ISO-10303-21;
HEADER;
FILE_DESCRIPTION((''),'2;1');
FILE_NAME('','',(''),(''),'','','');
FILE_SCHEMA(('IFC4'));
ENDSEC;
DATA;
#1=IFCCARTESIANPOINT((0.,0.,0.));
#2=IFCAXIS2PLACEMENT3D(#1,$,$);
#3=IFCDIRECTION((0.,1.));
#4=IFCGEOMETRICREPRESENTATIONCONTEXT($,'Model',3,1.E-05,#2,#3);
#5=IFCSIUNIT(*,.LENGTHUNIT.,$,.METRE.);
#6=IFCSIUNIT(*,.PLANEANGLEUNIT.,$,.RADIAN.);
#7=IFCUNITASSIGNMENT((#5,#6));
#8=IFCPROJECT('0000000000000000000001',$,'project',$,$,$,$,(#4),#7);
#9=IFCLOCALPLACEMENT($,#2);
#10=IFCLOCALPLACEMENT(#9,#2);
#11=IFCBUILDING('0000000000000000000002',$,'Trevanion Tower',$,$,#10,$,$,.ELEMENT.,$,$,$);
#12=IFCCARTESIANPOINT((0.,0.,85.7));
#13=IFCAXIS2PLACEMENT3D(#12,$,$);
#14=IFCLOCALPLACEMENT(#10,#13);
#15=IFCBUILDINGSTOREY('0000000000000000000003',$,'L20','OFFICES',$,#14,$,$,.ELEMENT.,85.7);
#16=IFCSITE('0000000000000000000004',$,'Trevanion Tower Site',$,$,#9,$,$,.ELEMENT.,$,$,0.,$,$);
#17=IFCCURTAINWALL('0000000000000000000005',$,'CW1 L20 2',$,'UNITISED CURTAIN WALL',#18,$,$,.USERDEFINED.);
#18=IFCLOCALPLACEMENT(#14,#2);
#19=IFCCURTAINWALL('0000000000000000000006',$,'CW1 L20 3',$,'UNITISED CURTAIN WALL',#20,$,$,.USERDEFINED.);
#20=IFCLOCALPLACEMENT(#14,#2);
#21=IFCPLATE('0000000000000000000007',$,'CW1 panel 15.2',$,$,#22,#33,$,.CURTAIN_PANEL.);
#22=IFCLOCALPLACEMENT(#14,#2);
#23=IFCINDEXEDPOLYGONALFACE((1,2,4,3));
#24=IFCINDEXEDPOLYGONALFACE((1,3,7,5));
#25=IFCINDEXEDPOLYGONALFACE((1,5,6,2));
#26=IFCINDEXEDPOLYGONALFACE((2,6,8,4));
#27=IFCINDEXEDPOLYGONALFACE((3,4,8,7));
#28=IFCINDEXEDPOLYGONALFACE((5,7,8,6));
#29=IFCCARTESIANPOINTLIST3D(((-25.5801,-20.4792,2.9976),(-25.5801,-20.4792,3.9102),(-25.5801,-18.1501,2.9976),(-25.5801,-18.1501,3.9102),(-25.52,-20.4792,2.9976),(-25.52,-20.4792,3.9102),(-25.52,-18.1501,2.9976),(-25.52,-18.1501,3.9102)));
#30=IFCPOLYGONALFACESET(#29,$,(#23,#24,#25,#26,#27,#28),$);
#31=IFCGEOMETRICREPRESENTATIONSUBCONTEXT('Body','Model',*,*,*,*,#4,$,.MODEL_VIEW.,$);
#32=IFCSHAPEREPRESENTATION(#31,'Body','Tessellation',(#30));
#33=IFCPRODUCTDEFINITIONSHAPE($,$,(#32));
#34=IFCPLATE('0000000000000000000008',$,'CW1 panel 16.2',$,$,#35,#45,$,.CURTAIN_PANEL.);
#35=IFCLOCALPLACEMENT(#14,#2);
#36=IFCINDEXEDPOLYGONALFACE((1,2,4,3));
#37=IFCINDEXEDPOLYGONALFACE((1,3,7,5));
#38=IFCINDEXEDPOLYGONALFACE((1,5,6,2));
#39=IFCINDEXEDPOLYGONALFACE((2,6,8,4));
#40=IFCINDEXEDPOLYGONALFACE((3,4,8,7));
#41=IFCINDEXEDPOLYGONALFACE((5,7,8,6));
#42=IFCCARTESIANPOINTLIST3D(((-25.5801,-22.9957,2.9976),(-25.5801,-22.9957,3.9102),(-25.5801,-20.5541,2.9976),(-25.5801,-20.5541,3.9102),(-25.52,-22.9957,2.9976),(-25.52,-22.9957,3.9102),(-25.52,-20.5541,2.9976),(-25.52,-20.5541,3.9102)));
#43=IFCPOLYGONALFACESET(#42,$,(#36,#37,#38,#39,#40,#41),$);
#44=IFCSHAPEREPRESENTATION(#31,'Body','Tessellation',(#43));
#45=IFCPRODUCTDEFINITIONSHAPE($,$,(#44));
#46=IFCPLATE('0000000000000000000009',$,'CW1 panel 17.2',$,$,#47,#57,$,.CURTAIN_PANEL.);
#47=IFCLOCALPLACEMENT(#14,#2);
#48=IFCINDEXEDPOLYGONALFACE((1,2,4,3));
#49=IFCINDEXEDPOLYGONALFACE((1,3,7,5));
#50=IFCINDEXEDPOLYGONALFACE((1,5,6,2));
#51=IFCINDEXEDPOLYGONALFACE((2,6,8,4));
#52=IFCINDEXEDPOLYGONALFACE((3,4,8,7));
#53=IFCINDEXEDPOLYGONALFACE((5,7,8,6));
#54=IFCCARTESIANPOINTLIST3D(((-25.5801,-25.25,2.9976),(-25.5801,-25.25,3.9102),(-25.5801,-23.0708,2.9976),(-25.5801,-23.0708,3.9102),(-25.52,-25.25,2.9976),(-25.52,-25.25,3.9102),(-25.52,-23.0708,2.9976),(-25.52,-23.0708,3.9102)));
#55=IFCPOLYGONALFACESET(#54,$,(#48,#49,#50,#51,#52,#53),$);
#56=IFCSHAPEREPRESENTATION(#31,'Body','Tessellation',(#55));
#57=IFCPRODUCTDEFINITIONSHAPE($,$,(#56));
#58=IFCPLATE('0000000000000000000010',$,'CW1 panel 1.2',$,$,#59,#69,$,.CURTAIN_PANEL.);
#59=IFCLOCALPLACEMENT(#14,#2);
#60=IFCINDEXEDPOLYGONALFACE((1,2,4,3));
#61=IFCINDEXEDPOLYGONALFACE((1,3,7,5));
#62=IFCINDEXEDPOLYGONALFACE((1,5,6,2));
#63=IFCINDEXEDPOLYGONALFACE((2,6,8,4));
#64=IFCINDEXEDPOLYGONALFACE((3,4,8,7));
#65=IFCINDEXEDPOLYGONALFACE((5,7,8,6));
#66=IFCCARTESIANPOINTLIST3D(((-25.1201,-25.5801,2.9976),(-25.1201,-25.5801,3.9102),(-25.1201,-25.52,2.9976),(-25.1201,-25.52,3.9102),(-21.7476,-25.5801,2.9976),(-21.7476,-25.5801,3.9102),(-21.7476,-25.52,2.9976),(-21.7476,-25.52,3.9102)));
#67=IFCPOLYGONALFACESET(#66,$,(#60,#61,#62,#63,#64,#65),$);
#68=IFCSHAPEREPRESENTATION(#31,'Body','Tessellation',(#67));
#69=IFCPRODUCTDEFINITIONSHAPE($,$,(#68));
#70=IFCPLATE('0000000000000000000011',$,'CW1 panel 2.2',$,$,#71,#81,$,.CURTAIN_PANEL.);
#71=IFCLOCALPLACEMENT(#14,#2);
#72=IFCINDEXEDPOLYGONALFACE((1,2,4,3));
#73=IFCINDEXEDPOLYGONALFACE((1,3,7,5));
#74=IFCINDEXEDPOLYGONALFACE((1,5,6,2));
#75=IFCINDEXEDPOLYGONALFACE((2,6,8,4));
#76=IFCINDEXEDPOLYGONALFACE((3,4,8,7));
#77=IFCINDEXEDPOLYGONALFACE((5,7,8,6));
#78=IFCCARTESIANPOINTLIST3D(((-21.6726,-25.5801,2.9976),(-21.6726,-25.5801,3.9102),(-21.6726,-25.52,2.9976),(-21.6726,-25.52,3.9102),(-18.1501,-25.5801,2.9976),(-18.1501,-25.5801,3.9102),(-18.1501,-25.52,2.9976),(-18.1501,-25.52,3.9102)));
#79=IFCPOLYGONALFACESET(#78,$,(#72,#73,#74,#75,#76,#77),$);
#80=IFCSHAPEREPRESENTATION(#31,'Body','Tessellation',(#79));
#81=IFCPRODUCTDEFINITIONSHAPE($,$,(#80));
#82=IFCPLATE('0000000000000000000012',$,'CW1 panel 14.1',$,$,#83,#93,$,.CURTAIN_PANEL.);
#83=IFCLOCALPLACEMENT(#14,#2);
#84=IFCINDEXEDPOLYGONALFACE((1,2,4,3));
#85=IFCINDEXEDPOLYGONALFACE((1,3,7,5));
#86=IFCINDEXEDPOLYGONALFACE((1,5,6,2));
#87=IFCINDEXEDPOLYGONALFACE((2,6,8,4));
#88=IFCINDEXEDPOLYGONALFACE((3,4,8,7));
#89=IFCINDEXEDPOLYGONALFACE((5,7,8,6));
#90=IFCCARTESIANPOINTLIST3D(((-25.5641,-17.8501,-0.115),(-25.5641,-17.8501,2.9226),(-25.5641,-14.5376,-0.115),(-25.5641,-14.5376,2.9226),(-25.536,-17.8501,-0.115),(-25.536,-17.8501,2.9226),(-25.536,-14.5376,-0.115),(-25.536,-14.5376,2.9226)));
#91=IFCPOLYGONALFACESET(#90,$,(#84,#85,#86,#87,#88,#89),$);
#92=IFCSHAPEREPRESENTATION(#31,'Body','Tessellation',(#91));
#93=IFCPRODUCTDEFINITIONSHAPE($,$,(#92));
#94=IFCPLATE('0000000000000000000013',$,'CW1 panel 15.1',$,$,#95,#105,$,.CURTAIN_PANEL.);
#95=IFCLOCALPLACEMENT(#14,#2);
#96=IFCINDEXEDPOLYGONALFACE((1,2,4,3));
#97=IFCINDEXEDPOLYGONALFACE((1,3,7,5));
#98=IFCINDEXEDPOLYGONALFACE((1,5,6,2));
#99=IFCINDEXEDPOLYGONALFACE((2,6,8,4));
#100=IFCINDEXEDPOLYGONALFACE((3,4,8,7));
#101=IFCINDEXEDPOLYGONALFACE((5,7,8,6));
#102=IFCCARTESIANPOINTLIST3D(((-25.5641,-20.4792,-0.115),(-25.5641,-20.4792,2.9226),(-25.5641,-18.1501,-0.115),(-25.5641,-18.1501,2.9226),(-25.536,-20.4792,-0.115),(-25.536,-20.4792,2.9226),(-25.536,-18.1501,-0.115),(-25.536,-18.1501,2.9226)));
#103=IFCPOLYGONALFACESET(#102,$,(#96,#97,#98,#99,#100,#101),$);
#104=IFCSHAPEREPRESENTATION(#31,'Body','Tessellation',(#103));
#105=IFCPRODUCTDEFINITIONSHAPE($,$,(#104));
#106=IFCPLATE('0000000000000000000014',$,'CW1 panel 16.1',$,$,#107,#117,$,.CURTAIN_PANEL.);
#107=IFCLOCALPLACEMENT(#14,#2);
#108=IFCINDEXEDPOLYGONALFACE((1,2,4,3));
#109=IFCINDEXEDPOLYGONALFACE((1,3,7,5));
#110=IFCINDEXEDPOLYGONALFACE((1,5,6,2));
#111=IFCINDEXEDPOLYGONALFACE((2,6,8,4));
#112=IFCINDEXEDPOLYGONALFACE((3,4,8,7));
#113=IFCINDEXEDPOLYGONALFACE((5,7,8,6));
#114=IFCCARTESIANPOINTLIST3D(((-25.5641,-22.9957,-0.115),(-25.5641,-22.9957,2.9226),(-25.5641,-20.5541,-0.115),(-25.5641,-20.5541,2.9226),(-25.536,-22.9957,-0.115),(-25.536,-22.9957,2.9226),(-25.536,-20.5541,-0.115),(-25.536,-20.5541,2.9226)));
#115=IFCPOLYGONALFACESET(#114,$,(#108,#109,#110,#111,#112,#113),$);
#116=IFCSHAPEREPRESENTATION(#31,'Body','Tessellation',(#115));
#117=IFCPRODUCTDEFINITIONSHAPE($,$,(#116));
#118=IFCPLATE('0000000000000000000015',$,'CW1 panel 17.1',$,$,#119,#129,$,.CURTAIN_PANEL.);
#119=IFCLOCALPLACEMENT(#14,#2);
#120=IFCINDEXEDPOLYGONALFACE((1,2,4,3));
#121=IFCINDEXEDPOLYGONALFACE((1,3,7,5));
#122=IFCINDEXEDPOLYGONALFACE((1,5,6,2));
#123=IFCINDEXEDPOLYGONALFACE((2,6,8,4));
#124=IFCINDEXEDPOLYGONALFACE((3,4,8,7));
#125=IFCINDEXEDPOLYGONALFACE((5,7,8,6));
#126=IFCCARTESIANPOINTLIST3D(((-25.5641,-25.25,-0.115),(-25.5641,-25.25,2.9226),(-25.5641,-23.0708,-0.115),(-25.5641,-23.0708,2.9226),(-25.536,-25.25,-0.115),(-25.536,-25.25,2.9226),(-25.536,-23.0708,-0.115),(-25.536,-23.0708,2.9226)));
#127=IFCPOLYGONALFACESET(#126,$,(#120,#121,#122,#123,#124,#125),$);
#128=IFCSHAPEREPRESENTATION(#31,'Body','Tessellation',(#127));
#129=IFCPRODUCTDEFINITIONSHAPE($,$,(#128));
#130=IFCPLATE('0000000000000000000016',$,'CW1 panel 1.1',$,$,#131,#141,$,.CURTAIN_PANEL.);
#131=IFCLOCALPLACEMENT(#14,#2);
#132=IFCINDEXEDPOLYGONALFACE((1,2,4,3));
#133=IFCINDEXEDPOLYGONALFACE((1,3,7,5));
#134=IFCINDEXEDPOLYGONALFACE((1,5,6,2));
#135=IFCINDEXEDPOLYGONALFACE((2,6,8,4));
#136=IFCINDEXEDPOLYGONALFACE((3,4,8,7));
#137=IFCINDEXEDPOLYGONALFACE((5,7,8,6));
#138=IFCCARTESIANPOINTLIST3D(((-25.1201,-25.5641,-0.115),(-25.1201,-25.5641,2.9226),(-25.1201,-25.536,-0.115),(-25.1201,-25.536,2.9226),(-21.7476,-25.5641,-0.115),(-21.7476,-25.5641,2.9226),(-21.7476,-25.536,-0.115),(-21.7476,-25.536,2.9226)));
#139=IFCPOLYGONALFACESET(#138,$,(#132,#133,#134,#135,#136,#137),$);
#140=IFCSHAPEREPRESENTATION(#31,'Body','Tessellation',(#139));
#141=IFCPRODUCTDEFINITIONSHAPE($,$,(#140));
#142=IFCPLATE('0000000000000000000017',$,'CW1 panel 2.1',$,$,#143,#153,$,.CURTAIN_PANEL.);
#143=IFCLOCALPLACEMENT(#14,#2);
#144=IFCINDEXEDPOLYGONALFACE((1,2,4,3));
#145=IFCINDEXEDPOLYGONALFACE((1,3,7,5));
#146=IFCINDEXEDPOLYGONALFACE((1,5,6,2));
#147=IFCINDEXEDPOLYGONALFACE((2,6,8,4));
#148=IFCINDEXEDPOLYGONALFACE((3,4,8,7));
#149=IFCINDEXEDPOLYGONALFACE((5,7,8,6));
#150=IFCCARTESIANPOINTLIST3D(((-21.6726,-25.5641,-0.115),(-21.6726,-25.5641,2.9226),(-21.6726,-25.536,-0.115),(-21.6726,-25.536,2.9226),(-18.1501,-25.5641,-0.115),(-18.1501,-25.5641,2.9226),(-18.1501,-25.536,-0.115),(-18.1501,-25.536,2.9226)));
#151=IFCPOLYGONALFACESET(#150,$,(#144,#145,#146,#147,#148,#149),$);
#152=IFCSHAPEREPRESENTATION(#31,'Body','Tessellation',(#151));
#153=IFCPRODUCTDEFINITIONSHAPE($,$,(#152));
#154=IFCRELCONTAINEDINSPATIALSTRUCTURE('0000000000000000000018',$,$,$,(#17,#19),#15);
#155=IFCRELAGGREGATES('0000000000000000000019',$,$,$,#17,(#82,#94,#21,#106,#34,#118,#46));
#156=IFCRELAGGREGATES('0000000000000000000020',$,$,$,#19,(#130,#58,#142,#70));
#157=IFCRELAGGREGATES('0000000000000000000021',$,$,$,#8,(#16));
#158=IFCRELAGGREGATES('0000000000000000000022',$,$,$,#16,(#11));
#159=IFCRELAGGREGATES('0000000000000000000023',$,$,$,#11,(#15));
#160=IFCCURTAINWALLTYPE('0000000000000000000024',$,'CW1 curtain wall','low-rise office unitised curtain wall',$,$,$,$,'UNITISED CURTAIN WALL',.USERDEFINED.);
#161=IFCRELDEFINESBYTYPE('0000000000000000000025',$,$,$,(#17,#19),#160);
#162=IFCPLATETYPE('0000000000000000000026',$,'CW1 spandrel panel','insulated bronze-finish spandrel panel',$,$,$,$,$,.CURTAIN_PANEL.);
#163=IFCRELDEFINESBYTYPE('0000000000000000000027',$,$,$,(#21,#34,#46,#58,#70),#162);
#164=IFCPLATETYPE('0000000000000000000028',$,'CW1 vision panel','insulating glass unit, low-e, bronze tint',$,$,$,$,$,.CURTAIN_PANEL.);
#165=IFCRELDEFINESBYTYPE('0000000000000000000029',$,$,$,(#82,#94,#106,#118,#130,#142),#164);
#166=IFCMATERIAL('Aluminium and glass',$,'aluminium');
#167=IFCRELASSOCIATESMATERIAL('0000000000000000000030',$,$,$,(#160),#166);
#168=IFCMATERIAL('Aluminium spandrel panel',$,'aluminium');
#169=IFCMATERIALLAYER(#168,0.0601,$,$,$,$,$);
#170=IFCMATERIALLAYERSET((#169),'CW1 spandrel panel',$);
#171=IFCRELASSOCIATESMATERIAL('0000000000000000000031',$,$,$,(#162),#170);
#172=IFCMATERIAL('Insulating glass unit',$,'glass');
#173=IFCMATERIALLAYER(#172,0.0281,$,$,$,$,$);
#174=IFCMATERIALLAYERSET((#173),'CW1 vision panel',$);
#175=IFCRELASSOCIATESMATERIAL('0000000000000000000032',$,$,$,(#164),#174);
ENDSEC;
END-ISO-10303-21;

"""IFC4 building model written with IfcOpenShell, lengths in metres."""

from ifc_helpers import new_model, si_unit, direction, frame, origin, origin_2d, place, context, subcontext, project, spatial, rectangle, extrude, material, layer, layer_set, type_object, element, aggregate, save


model = new_model("IFC4")

# Units and contexts
model_context = context("Model", 3, precision=1e-05, world=origin(), true_north=direction((0.0, 1.0)))
body_context = subcontext(model_context, "Body", "Model", "MODEL_VIEW")
ifc_project = project(units=[si_unit("LENGTHUNIT", "METRE"), si_unit("PLANEANGLEUNIT", "RADIAN")], contexts=[model_context])

# Site, building, storey
site_placement = place(None, origin())
site = spatial("IfcSite", under=ifc_project, at=site_placement, Name="Trevanion Tower Site", CompositionType="ELEMENT", RefElevation=0.0)
building_placement = place(site_placement, origin())
building = spatial("IfcBuilding", under=site, at=building_placement, Name="Trevanion Tower", CompositionType="ELEMENT")
storey_placement = place(building_placement, frame((0.0, 0.0, 85.7)))
storey = spatial("IfcBuildingStorey", under=building, at=storey_placement, Name="L20", Description="OFFICES", CompositionType="ELEMENT", Elevation=85.7)

# Curtain wall
ifc_material_1 = material(Name="Aluminium and glass", Category="aluminium")
curtain_wall_type = type_object("IfcCurtainWallType", Name="CW1 curtain wall", Description="low-rise office unitised curtain wall", ElementType="UNITISED CURTAIN WALL", PredefinedType="USERDEFINED", material=ifc_material_1)
curtain_wall_1_placement = place(storey_placement, origin())
curtain_wall_1 = element("IfcCurtainWall", 1, at=curtain_wall_1_placement, inside=storey, type_object=curtain_wall_type, Name="CW1 L20 2", ObjectType="UNITISED CURTAIN WALL", PredefinedType="USERDEFINED")

# Curtain wall
curtain_wall_2_placement = place(storey_placement, origin())
curtain_wall_2 = element("IfcCurtainWall", 2, at=curtain_wall_2_placement, inside=storey, type_object=curtain_wall_type, Name="CW1 L20 3", ObjectType="UNITISED CURTAIN WALL", PredefinedType="USERDEFINED")

# Plates
ifc_material_2 = material(Name="Aluminium spandrel panel", Category="aluminium")
ifc_layer_1 = layer(ifc_material_2, 0.0601)
ifc_layer_set_1 = layer_set([ifc_layer_1], Name="CW1 spandrel panel")
plate_type_1 = type_object("IfcPlateType", Name="CW1 spandrel panel", Description="insulated bronze-finish spandrel panel", PredefinedType="CURTAIN_PANEL", material=ifc_layer_set_1)
plate_1_placement = place(storey_placement, frame((-25.55, -19.3147, 2.9976), z_axis=(0.0, 0.0, 1.0), x_axis=(0.0, -1.0, 0.0)))
plate_1 = element("IfcPlate", 3, at=plate_1_placement, type_object=plate_type_1, Name="CW1 panel 15.2", PredefinedType="CURTAIN_PANEL", context=body_context, shape_type="SweptSolid", body=[
    extrude(rectangle(XDim=2.3291, YDim=0.0601, at=origin_2d()), origin(), (0.0, 0.0, 1.0), 0.9126),
])
plate_2_placement = place(storey_placement, frame((-25.55, -21.7749, 2.9976), z_axis=(0.0, 0.0, 1.0), x_axis=(0.0, -1.0, 0.0)))
plate_2 = element("IfcPlate", 4, at=plate_2_placement, type_object=plate_type_1, Name="CW1 panel 16.2", PredefinedType="CURTAIN_PANEL", context=body_context, shape_type="SweptSolid", body=[
    extrude(rectangle(XDim=2.4417, YDim=0.0601, at=origin_2d()), origin(), (0.0, 0.0, 1.0), 0.9126),
])
plate_3_placement = place(storey_placement, frame((-25.55, -24.1604, 2.9976), z_axis=(0.0, 0.0, 1.0), x_axis=(0.0, -1.0, 0.0)))
plate_3 = element("IfcPlate", 5, at=plate_3_placement, type_object=plate_type_1, Name="CW1 panel 17.2", PredefinedType="CURTAIN_PANEL", context=body_context, shape_type="SweptSolid", body=[
    extrude(rectangle(XDim=2.1792, YDim=0.0601, at=origin_2d()), origin(), (0.0, 0.0, 1.0), 0.9126),
])
plate_4_placement = place(storey_placement, frame((-23.4338, -25.55, 2.9976), z_axis=(0.0, 0.0, 1.0), x_axis=(1.0, 0.0, 0.0)))
plate_4 = element("IfcPlate", 6, at=plate_4_placement, type_object=plate_type_1, Name="CW1 panel 1.2", PredefinedType="CURTAIN_PANEL", context=body_context, shape_type="SweptSolid", body=[
    extrude(rectangle(XDim=3.3726, YDim=0.0601, at=origin_2d()), origin(), (0.0, 0.0, 1.0), 0.9126),
])
plate_5_placement = place(storey_placement, frame((-19.9114, -25.55, 2.9976), z_axis=(0.0, 0.0, 1.0), x_axis=(1.0, 0.0, 0.0)))
plate_5 = element("IfcPlate", 7, at=plate_5_placement, type_object=plate_type_1, Name="CW1 panel 2.2", PredefinedType="CURTAIN_PANEL", context=body_context, shape_type="SweptSolid", body=[
    extrude(rectangle(XDim=3.5225, YDim=0.0601, at=origin_2d()), origin(), (0.0, 0.0, 1.0), 0.9126),
])
ifc_material_3 = material(Name="Insulating glass unit", Category="glass")
ifc_layer_2 = layer(ifc_material_3, 0.0281)
ifc_layer_set_2 = layer_set([ifc_layer_2], Name="CW1 vision panel")
plate_type_2 = type_object("IfcPlateType", Name="CW1 vision panel", Description="insulating glass unit, low-e, bronze tint", PredefinedType="CURTAIN_PANEL", material=ifc_layer_set_2)
plate_6_placement = place(storey_placement, frame((-25.55, -16.1938, -0.115), z_axis=(0.0, 0.0, 1.0), x_axis=(0.0, -1.0, 0.0)))
plate_6 = element("IfcPlate", 8, at=plate_6_placement, type_object=plate_type_2, Name="CW1 panel 14.1", PredefinedType="CURTAIN_PANEL", context=body_context, shape_type="SweptSolid", body=[
    extrude(rectangle(XDim=3.3125, YDim=0.0281, at=origin_2d()), origin(), (0.0, 0.0, 1.0), 3.0376),
])
plate_7_placement = place(storey_placement, frame((-25.55, -19.3147, -0.115), z_axis=(0.0, 0.0, 1.0), x_axis=(0.0, -1.0, 0.0)))
plate_7 = element("IfcPlate", 9, at=plate_7_placement, type_object=plate_type_2, Name="CW1 panel 15.1", PredefinedType="CURTAIN_PANEL", context=body_context, shape_type="SweptSolid", body=[
    extrude(rectangle(XDim=2.3291, YDim=0.0281, at=origin_2d()), origin(), (0.0, 0.0, 1.0), 3.0376),
])
plate_8_placement = place(storey_placement, frame((-25.55, -21.7749, -0.115), z_axis=(0.0, 0.0, 1.0), x_axis=(0.0, -1.0, 0.0)))
plate_8 = element("IfcPlate", 10, at=plate_8_placement, type_object=plate_type_2, Name="CW1 panel 16.1", PredefinedType="CURTAIN_PANEL", context=body_context, shape_type="SweptSolid", body=[
    extrude(rectangle(XDim=2.4417, YDim=0.0281, at=origin_2d()), origin(), (0.0, 0.0, 1.0), 3.0376),
])
plate_9_placement = place(storey_placement, frame((-25.55, -24.1604, -0.115), z_axis=(0.0, 0.0, 1.0), x_axis=(0.0, -1.0, 0.0)))
plate_9 = element("IfcPlate", 11, at=plate_9_placement, type_object=plate_type_2, Name="CW1 panel 17.1", PredefinedType="CURTAIN_PANEL", context=body_context, shape_type="SweptSolid", body=[
    extrude(rectangle(XDim=2.1792, YDim=0.0281, at=origin_2d()), origin(), (0.0, 0.0, 1.0), 3.0376),
])
aggregate(curtain_wall_1, [plate_6, plate_7, plate_1, plate_8, plate_2, plate_9, plate_3])
plate_10_placement = place(storey_placement, frame((-23.4338, -25.55, -0.115), z_axis=(0.0, 0.0, 1.0), x_axis=(1.0, 0.0, 0.0)))
plate_10 = element("IfcPlate", 12, at=plate_10_placement, type_object=plate_type_2, Name="CW1 panel 1.1", PredefinedType="CURTAIN_PANEL", context=body_context, shape_type="SweptSolid", body=[
    extrude(rectangle(XDim=3.3726, YDim=0.0281, at=origin_2d()), origin(), (0.0, 0.0, 1.0), 3.0376),
])
plate_11_placement = place(storey_placement, frame((-19.9114, -25.55, -0.115), z_axis=(0.0, 0.0, 1.0), x_axis=(1.0, 0.0, 0.0)))
plate_11 = element("IfcPlate", 13, at=plate_11_placement, type_object=plate_type_2, Name="CW1 panel 2.1", PredefinedType="CURTAIN_PANEL", context=body_context, shape_type="SweptSolid", body=[
    extrude(rectangle(XDim=3.5225, YDim=0.0281, at=origin_2d()), origin(), (0.0, 0.0, 1.0), 3.0376),
])
aggregate(curtain_wall_2, [plate_10, plate_4, plate_11, plate_5])

save(model, "model.ifc")
